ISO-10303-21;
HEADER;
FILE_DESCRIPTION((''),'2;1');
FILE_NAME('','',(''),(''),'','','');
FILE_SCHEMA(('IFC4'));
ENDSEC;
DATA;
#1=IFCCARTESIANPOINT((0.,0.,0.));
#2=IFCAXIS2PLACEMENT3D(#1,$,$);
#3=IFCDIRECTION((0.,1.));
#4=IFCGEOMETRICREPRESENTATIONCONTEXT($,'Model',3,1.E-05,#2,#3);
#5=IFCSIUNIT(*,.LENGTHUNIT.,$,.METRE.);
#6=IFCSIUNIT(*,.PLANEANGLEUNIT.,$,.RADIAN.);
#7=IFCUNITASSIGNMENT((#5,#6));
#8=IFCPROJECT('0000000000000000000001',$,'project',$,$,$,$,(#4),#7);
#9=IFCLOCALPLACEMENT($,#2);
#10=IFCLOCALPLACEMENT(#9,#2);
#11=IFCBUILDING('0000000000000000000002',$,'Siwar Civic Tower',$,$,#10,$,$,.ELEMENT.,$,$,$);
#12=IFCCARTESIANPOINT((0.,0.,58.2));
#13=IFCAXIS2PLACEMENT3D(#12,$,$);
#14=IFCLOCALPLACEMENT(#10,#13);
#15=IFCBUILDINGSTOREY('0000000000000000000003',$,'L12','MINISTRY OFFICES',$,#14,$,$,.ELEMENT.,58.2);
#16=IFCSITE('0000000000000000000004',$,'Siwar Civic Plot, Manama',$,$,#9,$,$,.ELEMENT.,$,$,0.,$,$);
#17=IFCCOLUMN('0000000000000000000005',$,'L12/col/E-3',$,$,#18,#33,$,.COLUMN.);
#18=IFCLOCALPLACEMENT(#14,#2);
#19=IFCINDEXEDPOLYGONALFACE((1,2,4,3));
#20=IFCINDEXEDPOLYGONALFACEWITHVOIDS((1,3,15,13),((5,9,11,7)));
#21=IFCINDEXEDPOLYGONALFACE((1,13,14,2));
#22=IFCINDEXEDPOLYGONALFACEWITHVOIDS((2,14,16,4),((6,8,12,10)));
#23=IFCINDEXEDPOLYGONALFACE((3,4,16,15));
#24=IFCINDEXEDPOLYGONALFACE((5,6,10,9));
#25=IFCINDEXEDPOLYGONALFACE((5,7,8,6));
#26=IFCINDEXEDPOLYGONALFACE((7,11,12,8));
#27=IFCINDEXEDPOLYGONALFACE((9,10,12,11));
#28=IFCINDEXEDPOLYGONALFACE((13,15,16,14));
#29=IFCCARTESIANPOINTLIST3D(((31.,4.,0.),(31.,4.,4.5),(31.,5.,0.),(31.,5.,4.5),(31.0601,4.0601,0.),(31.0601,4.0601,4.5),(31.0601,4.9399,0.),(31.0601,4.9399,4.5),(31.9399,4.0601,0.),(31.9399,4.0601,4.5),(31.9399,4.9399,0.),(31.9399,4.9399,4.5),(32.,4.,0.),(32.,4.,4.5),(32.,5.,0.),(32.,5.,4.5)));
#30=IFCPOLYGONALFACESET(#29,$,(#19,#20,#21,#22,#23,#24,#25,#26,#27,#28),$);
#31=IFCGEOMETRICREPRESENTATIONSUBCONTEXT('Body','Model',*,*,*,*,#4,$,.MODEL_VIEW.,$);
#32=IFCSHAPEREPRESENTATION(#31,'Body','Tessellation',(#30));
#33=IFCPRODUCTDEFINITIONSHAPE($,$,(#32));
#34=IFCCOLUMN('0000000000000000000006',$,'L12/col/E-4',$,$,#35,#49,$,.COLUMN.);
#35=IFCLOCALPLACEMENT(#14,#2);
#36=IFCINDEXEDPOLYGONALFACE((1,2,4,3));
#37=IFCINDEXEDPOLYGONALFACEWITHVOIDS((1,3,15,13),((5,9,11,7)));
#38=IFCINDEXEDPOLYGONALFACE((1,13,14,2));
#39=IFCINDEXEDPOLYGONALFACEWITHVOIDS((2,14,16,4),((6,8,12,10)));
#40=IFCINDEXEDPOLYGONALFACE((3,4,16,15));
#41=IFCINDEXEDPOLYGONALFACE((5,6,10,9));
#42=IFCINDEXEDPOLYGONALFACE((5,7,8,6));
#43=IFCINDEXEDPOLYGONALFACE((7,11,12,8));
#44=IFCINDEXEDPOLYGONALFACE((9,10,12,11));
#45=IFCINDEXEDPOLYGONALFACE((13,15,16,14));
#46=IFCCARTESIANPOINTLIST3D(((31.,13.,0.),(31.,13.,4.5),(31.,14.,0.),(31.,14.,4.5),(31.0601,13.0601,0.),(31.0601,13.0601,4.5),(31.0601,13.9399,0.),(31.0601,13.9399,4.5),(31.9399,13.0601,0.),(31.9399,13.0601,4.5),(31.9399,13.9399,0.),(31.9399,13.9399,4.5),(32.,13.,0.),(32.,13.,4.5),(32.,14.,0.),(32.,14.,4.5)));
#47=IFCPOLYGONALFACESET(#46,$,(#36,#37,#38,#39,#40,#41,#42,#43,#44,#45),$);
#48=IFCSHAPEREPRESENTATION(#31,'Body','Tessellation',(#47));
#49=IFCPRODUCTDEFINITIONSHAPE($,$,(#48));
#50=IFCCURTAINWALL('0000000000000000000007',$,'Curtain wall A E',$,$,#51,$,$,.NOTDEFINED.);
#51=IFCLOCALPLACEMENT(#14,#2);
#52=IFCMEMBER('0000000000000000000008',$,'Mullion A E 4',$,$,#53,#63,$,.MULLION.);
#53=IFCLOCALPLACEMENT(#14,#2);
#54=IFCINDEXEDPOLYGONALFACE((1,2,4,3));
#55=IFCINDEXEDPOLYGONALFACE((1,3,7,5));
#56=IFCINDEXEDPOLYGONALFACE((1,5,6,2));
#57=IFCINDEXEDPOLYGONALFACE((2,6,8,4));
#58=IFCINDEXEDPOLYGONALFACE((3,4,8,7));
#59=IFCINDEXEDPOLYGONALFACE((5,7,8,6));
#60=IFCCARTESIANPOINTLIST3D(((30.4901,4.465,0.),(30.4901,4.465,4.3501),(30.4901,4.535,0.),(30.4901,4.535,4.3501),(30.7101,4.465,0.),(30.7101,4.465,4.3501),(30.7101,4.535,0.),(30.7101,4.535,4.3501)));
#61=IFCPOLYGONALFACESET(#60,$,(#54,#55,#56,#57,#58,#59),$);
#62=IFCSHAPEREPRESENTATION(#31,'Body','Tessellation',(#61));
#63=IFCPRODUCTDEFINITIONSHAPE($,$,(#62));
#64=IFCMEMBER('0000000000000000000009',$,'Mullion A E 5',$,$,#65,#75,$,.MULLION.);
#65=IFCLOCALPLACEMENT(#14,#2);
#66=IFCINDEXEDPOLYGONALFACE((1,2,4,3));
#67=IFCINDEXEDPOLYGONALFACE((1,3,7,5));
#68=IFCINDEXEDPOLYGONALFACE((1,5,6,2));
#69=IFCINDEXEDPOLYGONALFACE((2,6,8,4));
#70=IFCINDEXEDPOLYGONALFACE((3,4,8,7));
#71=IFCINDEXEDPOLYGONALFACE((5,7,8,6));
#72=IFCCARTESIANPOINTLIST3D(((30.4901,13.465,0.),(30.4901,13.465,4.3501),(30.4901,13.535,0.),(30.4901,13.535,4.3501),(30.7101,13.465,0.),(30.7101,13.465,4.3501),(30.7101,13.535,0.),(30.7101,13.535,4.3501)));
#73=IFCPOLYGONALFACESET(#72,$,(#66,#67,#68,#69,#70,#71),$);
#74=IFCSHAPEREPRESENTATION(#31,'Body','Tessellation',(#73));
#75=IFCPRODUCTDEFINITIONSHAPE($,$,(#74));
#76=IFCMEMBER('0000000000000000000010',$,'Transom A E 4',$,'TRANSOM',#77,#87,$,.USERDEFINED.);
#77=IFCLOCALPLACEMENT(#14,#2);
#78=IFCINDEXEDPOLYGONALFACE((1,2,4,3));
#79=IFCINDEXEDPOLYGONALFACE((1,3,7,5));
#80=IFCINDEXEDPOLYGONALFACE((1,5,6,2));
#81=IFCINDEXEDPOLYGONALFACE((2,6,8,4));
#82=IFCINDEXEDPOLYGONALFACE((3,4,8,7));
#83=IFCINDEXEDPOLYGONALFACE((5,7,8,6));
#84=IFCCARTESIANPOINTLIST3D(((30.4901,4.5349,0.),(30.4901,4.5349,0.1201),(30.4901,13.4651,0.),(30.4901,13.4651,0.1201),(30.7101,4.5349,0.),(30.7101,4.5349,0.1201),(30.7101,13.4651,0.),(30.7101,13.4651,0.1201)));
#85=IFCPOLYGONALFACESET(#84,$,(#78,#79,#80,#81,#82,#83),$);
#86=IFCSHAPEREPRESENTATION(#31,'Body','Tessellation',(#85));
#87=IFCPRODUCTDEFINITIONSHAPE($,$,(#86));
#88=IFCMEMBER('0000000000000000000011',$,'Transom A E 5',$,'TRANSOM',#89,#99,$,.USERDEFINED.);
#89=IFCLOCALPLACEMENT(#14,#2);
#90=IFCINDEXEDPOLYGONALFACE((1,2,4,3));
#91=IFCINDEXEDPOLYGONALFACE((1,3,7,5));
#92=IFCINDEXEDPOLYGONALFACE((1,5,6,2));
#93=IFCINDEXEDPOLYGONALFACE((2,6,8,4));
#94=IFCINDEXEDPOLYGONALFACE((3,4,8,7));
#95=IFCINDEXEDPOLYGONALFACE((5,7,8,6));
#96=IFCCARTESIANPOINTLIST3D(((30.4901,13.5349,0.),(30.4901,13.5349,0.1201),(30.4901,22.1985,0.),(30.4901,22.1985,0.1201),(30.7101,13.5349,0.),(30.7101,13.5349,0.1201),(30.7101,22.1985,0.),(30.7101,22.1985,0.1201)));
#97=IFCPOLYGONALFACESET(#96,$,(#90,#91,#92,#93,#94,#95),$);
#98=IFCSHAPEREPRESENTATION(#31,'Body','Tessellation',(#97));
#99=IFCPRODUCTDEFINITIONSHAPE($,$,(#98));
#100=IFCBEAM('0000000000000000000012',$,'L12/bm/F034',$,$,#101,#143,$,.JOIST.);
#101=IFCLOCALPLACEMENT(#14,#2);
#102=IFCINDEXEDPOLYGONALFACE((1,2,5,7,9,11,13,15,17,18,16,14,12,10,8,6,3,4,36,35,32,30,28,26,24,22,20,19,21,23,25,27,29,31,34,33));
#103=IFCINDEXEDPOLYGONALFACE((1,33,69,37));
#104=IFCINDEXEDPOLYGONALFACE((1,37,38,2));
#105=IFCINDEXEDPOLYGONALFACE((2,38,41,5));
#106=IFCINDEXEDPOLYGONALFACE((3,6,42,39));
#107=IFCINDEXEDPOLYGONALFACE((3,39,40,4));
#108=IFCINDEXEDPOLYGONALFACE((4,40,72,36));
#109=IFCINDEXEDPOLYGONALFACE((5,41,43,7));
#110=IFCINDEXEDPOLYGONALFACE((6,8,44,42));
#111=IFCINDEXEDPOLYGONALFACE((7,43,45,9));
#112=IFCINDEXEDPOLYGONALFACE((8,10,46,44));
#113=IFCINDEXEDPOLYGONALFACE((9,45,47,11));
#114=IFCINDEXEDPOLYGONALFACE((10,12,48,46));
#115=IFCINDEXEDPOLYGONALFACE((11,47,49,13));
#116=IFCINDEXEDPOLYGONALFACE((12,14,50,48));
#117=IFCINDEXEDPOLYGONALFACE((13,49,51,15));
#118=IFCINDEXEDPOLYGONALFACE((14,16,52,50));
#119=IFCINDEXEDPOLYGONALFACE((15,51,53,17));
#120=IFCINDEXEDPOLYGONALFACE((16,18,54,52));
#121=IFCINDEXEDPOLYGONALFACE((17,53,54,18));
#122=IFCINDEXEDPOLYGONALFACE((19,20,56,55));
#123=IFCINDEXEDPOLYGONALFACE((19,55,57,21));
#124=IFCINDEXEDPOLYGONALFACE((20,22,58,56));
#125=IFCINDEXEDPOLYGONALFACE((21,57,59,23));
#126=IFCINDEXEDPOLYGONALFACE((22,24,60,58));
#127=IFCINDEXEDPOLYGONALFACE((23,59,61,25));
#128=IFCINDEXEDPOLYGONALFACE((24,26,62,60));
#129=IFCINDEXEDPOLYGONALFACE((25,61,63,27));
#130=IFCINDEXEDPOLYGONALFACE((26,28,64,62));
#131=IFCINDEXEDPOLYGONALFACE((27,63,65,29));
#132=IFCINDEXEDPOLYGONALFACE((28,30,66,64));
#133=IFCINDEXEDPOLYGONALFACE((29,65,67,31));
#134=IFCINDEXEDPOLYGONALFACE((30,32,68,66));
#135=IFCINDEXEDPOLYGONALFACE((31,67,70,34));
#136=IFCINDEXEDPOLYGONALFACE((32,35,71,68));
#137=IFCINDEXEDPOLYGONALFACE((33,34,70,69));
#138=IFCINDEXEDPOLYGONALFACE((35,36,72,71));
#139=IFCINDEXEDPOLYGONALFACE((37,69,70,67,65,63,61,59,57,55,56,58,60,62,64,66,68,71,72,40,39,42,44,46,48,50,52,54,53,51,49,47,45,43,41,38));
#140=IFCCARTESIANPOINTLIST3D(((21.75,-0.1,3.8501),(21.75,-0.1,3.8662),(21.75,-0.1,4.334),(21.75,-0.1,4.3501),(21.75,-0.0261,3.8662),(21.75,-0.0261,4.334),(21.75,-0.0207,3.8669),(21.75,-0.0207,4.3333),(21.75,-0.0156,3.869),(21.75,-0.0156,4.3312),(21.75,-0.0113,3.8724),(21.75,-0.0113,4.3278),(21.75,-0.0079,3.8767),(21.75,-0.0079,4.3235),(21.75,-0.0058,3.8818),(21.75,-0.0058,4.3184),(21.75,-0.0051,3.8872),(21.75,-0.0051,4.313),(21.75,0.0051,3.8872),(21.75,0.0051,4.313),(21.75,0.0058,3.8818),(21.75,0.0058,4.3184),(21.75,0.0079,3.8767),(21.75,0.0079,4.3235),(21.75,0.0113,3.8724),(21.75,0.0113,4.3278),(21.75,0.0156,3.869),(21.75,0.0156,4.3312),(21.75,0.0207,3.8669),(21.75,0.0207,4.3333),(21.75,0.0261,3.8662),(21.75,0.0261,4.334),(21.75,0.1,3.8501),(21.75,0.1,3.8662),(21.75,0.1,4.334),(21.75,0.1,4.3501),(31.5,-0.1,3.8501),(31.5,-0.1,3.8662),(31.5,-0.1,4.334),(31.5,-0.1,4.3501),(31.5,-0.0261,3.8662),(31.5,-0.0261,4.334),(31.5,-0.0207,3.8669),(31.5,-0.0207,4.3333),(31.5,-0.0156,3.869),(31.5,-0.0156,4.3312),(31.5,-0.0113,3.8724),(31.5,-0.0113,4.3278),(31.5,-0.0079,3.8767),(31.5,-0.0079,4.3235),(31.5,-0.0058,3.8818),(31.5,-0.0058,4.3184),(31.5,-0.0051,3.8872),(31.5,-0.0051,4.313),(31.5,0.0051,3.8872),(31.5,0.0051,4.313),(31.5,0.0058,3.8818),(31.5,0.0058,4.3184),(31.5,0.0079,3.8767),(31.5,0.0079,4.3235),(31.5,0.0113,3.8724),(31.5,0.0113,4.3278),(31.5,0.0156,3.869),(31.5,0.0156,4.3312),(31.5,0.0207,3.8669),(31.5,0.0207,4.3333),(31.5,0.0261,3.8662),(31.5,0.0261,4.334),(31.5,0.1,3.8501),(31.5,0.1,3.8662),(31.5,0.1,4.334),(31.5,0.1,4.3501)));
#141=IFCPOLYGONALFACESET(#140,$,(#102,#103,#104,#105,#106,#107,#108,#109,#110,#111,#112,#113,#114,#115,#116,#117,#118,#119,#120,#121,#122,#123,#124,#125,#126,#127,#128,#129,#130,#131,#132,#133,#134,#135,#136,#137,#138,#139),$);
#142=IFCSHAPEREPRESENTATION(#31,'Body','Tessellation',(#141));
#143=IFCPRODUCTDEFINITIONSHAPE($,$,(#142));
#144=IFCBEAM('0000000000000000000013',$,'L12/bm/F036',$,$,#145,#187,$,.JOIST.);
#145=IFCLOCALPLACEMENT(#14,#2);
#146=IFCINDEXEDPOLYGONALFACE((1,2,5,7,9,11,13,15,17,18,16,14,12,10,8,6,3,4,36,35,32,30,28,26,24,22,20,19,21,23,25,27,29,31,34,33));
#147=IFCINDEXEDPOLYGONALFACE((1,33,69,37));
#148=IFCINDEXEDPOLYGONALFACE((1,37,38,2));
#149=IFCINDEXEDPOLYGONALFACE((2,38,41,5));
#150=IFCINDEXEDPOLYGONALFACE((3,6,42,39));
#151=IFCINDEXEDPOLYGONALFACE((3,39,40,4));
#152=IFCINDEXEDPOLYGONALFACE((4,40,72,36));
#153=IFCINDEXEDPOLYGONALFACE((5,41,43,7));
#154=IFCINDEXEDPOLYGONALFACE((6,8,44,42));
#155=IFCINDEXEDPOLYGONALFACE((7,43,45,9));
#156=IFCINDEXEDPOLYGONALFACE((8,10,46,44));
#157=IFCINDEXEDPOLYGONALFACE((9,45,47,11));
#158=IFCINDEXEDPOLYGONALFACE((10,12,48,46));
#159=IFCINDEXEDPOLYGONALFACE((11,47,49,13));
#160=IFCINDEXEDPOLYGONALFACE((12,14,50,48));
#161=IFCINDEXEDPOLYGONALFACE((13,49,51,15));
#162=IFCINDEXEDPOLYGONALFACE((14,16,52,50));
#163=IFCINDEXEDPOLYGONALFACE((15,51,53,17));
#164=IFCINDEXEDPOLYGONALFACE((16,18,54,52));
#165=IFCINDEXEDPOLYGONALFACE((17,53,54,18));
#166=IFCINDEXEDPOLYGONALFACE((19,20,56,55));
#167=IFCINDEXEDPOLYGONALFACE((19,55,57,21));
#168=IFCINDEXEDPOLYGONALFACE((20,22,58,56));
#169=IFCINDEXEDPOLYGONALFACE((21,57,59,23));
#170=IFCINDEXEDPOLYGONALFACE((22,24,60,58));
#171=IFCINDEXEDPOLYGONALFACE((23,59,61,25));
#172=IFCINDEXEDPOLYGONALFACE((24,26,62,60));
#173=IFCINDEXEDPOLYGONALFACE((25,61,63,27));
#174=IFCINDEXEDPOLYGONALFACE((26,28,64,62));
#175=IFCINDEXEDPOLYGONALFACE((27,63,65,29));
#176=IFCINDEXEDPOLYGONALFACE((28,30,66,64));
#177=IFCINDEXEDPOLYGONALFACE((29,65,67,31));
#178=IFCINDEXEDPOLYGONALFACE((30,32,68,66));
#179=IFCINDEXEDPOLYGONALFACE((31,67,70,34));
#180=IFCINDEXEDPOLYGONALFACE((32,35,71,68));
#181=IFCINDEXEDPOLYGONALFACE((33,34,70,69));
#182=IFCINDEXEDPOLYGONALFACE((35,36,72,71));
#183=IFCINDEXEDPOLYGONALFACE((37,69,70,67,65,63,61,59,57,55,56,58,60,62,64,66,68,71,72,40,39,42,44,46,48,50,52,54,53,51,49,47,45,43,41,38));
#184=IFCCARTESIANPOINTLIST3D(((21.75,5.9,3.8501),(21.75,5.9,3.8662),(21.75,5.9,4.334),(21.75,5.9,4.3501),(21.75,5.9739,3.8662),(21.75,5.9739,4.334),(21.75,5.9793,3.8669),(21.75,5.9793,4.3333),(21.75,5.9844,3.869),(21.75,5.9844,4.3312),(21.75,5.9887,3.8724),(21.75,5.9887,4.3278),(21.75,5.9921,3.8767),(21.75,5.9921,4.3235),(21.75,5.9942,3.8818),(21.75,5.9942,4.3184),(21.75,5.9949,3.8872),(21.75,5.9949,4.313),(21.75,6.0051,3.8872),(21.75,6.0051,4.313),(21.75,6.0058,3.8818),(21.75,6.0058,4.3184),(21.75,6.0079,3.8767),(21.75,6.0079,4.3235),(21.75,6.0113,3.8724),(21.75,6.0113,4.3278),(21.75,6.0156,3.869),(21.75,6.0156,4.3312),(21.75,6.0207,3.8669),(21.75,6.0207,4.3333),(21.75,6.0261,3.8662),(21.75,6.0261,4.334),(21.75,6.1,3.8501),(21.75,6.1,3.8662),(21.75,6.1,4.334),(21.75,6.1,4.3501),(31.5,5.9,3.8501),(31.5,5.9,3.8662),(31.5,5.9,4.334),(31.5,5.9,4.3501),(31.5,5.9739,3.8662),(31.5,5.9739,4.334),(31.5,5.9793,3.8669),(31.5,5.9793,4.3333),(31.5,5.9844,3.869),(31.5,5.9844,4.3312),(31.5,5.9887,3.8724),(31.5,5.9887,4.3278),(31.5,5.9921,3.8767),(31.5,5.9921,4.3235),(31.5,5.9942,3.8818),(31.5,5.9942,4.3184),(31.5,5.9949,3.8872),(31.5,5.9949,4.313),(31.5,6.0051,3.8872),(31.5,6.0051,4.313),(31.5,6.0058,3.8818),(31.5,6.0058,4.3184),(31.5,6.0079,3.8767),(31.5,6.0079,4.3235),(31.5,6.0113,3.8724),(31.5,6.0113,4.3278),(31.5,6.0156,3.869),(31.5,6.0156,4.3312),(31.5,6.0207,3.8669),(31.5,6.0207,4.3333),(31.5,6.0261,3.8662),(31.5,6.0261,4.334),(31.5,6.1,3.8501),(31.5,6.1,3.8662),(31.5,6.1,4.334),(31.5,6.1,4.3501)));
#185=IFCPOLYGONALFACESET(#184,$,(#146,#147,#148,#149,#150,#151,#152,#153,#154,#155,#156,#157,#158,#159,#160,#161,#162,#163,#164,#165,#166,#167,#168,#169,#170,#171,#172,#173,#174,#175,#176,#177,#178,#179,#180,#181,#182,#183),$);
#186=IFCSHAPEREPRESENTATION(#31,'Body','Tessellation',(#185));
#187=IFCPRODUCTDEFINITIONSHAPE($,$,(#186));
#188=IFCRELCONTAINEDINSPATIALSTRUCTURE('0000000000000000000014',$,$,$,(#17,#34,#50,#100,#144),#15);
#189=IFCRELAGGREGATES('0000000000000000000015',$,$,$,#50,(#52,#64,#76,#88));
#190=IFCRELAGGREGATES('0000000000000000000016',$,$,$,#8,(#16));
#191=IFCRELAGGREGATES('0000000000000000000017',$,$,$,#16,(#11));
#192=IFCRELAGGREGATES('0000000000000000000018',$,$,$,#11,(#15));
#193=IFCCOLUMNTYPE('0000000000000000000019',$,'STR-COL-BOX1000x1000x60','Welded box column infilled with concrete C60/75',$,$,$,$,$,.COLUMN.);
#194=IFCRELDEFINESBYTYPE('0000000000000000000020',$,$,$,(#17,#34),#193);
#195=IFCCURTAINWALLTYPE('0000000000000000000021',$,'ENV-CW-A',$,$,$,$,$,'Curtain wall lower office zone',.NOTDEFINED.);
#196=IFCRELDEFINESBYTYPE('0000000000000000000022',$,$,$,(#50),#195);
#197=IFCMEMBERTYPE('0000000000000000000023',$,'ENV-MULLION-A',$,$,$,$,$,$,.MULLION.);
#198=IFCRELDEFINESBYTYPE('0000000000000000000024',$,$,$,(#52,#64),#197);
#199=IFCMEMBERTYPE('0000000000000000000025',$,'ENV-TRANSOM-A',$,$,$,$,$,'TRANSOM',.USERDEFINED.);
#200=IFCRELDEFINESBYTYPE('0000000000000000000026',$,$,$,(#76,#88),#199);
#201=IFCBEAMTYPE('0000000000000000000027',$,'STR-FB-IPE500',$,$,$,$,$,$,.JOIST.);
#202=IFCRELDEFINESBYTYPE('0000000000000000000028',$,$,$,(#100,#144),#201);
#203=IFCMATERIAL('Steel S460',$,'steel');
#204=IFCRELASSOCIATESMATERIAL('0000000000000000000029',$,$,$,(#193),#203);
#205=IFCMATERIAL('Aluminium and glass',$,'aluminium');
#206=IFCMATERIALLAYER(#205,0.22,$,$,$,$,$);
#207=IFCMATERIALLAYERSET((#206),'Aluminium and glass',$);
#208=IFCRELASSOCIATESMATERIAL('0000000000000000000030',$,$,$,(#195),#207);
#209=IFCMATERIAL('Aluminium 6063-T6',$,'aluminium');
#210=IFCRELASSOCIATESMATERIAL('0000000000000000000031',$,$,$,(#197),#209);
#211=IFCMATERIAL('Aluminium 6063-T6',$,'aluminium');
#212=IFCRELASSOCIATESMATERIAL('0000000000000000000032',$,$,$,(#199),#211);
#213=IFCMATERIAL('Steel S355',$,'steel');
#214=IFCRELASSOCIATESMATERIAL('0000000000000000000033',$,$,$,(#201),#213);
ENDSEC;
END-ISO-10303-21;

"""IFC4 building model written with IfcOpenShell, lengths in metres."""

from ifc_helpers import new_model, si_unit, direction, frame, origin, origin_2d, place, context, subcontext, project, spatial, rectangle, hollow_rectangle, i_section, extrude, material, layer, layer_set, material_profile, profile_set, type_object, element, aggregate, save


model = new_model("IFC4")

# Units and contexts
model_context = context("Model", 3, precision=1e-05, world=origin(), true_north=direction((0.0, 1.0)))
body_context = subcontext(model_context, "Body", "Model", "MODEL_VIEW")
ifc_project = project(units=[si_unit("LENGTHUNIT", "METRE"), si_unit("PLANEANGLEUNIT", "RADIAN")], contexts=[model_context])

# Site, building, storey
site_placement = place(None, origin())
site = spatial("IfcSite", under=ifc_project, at=site_placement, Name="Siwar Civic Plot, Manama", CompositionType="ELEMENT", RefElevation=0.0)
building_placement = place(site_placement, origin())
building = spatial("IfcBuilding", under=site, at=building_placement, Name="Siwar Civic Tower", CompositionType="ELEMENT")
storey_placement = place(building_placement, frame((0.0, 0.0, 58.2)))
storey = spatial("IfcBuildingStorey", under=building, at=storey_placement, Name="L12", Description="MINISTRY OFFICES", CompositionType="ELEMENT", Elevation=58.2)

# Columns
ifc_material_1 = material(Name="Steel S460", Category="steel")
ifc_material_profile_1 = material_profile(ifc_material_1, hollow_rectangle(XDim=1.0, YDim=1.0, WallThickness=0.0601, at=origin_2d()), Name="BOX1000x1000x60")
ifc_profile_set_1 = profile_set([ifc_material_profile_1], Name="Steel S460")
column_type = type_object("IfcColumnType", Name="STR-COL-BOX1000x1000x60", Description="Welded box column infilled with concrete C60/75", PredefinedType="COLUMN", material=ifc_profile_set_1)
for number, where, z_axis, x_axis, name in (
    (1, (31.5, 4.5, 0.0), (0.0, 0.0, 1.0), (1.0, 0.0, 0.0), "L12/col/E-3"),
    (2, (31.5, 13.5, 0.0), (0.0, 0.0, 1.0), (1.0, 0.0, 0.0), "L12/col/E-4"),
):
    element("IfcColumn", number, at=place(storey_placement, frame(where, z_axis=z_axis, x_axis=x_axis)), inside=storey, type_object=column_type, Name=name, PredefinedType="COLUMN", context=body_context, shape_type="SweptSolid", body=[
        extrude(hollow_rectangle(XDim=1.0, YDim=1.0, WallThickness=0.0601, at=origin_2d()), origin(), (0.0, 0.0, 1.0), 4.5),
    ])

# Curtain wall, members
ifc_material_2 = material(Name="Aluminium and glass", Category="aluminium")
ifc_layer_1 = layer(ifc_material_2, 0.22)
ifc_layer_set_1 = layer_set([ifc_layer_1], Name="Aluminium and glass")
curtain_wall_type = type_object("IfcCurtainWallType", Name="ENV-CW-A", ElementType="Curtain wall lower office zone", PredefinedType="NOTDEFINED", material=ifc_layer_set_1)
curtain_wall_placement = place(storey_placement, origin())
curtain_wall = element("IfcCurtainWall", 3, at=curtain_wall_placement, inside=storey, type_object=curtain_wall_type, Name="Curtain wall A E", PredefinedType="NOTDEFINED")
ifc_material_3 = material(Name="Aluminium 6063-T6", Category="aluminium")
ifc_material_profile_2 = material_profile(ifc_material_3, rectangle(XDim=0.22, YDim=0.0701, at=origin_2d()), Name="AL 220x70")
ifc_profile_set_2 = profile_set([ifc_material_profile_2], Name="Aluminium 6063-T6")
member_type_1 = type_object("IfcMemberType", Name="ENV-MULLION-A", PredefinedType="MULLION", material=ifc_profile_set_2)
member_1_placement = place(storey_placement, frame((30.6001, 4.5, 0.0), z_axis=(0.0, 0.0, 1.0), x_axis=(-1.0, 0.0, 0.0)))
member_1 = element("IfcMember", 4, at=member_1_placement, type_object=member_type_1, Name="Mullion A E 4", PredefinedType="MULLION", context=body_context, shape_type="SweptSolid", body=[
    extrude(rectangle(XDim=0.22, YDim=0.0701, at=origin_2d()), origin(), (0.0, 0.0, 1.0), 4.3501),
])
member_2_placement = place(storey_placement, frame((30.6001, 13.5, 0.0), z_axis=(0.0, 0.0, 1.0), x_axis=(-1.0, 0.0, 0.0)))
member_2 = element("IfcMember", 5, at=member_2_placement, type_object=member_type_1, Name="Mullion A E 5", PredefinedType="MULLION", context=body_context, shape_type="SweptSolid", body=[
    extrude(rectangle(XDim=0.22, YDim=0.0701, at=origin_2d()), origin(), (0.0, 0.0, 1.0), 4.3501),
])
ifc_material_4 = material(Name="Aluminium 6063-T6", Category="aluminium")
ifc_material_profile_3 = material_profile(ifc_material_4, rectangle(XDim=0.22, YDim=0.1201, at=origin_2d()), Name="AL 220x120")
ifc_profile_set_3 = profile_set([ifc_material_profile_3], Name="Aluminium 6063-T6")
member_type_2 = type_object("IfcMemberType", Name="ENV-TRANSOM-A", ElementType="TRANSOM", PredefinedType="USERDEFINED", material=ifc_profile_set_3)
member_3_placement = place(storey_placement, frame((30.6001, 4.5349, 0.0601), z_axis=(0.0, 1.0, 0.0), x_axis=(-1.0, 0.0, 0.0)))
member_3 = element("IfcMember", 6, at=member_3_placement, type_object=member_type_2, Name="Transom A E 4", ObjectType="TRANSOM", PredefinedType="USERDEFINED", context=body_context, shape_type="SweptSolid", body=[
    extrude(rectangle(XDim=0.22, YDim=0.1201, at=origin_2d()), origin(), (0.0, 0.0, 1.0), 8.9302),
])
member_4_placement = place(storey_placement, frame((30.6001, 13.5349, 0.0601), z_axis=(0.0, 1.0, 0.0), x_axis=(-1.0, 0.0, 0.0)))
member_4 = element("IfcMember", 7, at=member_4_placement, type_object=member_type_2, Name="Transom A E 5", ObjectType="TRANSOM", PredefinedType="USERDEFINED", context=body_context, shape_type="SweptSolid", body=[
    extrude(rectangle(XDim=0.22, YDim=0.1201, at=origin_2d()), origin(), (0.0, 0.0, 1.0), 8.6636),
])

# Beams
ifc_material_5 = material(Name="Steel S355", Category="steel")
ifc_material_profile_4 = material_profile(ifc_material_5, i_section(OverallWidth=0.2, OverallDepth=0.5, WebThickness=0.0103, FlangeThickness=0.0161, FilletRadius=0.021, at=origin_2d()), Name="IPE500")
ifc_profile_set_4 = profile_set([ifc_material_profile_4], Name="Steel S355")
beam_type_1 = type_object("IfcBeamType", Name="STR-FB-IPE500", PredefinedType="JOIST", material=ifc_profile_set_4)
for number, where, z_axis, x_axis, name in (
    (8, (21.75, 0.0, 4.1001), (1.0, 0.0, 0.0), (0.0, 1.0, 0.0), "L12/bm/F034"),
    (9, (21.75, 6.0, 4.1001), (1.0, 0.0, 0.0), (0.0, 1.0, 0.0), "L12/bm/F036"),
):
    element("IfcBeam", number, at=place(storey_placement, frame(where, z_axis=z_axis, x_axis=x_axis)), inside=storey, type_object=beam_type_1, Name=name, PredefinedType="JOIST", context=body_context, shape_type="SweptSolid", body=[
        extrude(i_section(OverallWidth=0.2, OverallDepth=0.5, WebThickness=0.0103, FlangeThickness=0.0161, FilletRadius=0.021, at=origin_2d()), origin(), (0.0, 0.0, 1.0), 9.75),
    ])

aggregate(curtain_wall, [member_1, member_2, member_3, member_4])

save(model, "model.ifc")
